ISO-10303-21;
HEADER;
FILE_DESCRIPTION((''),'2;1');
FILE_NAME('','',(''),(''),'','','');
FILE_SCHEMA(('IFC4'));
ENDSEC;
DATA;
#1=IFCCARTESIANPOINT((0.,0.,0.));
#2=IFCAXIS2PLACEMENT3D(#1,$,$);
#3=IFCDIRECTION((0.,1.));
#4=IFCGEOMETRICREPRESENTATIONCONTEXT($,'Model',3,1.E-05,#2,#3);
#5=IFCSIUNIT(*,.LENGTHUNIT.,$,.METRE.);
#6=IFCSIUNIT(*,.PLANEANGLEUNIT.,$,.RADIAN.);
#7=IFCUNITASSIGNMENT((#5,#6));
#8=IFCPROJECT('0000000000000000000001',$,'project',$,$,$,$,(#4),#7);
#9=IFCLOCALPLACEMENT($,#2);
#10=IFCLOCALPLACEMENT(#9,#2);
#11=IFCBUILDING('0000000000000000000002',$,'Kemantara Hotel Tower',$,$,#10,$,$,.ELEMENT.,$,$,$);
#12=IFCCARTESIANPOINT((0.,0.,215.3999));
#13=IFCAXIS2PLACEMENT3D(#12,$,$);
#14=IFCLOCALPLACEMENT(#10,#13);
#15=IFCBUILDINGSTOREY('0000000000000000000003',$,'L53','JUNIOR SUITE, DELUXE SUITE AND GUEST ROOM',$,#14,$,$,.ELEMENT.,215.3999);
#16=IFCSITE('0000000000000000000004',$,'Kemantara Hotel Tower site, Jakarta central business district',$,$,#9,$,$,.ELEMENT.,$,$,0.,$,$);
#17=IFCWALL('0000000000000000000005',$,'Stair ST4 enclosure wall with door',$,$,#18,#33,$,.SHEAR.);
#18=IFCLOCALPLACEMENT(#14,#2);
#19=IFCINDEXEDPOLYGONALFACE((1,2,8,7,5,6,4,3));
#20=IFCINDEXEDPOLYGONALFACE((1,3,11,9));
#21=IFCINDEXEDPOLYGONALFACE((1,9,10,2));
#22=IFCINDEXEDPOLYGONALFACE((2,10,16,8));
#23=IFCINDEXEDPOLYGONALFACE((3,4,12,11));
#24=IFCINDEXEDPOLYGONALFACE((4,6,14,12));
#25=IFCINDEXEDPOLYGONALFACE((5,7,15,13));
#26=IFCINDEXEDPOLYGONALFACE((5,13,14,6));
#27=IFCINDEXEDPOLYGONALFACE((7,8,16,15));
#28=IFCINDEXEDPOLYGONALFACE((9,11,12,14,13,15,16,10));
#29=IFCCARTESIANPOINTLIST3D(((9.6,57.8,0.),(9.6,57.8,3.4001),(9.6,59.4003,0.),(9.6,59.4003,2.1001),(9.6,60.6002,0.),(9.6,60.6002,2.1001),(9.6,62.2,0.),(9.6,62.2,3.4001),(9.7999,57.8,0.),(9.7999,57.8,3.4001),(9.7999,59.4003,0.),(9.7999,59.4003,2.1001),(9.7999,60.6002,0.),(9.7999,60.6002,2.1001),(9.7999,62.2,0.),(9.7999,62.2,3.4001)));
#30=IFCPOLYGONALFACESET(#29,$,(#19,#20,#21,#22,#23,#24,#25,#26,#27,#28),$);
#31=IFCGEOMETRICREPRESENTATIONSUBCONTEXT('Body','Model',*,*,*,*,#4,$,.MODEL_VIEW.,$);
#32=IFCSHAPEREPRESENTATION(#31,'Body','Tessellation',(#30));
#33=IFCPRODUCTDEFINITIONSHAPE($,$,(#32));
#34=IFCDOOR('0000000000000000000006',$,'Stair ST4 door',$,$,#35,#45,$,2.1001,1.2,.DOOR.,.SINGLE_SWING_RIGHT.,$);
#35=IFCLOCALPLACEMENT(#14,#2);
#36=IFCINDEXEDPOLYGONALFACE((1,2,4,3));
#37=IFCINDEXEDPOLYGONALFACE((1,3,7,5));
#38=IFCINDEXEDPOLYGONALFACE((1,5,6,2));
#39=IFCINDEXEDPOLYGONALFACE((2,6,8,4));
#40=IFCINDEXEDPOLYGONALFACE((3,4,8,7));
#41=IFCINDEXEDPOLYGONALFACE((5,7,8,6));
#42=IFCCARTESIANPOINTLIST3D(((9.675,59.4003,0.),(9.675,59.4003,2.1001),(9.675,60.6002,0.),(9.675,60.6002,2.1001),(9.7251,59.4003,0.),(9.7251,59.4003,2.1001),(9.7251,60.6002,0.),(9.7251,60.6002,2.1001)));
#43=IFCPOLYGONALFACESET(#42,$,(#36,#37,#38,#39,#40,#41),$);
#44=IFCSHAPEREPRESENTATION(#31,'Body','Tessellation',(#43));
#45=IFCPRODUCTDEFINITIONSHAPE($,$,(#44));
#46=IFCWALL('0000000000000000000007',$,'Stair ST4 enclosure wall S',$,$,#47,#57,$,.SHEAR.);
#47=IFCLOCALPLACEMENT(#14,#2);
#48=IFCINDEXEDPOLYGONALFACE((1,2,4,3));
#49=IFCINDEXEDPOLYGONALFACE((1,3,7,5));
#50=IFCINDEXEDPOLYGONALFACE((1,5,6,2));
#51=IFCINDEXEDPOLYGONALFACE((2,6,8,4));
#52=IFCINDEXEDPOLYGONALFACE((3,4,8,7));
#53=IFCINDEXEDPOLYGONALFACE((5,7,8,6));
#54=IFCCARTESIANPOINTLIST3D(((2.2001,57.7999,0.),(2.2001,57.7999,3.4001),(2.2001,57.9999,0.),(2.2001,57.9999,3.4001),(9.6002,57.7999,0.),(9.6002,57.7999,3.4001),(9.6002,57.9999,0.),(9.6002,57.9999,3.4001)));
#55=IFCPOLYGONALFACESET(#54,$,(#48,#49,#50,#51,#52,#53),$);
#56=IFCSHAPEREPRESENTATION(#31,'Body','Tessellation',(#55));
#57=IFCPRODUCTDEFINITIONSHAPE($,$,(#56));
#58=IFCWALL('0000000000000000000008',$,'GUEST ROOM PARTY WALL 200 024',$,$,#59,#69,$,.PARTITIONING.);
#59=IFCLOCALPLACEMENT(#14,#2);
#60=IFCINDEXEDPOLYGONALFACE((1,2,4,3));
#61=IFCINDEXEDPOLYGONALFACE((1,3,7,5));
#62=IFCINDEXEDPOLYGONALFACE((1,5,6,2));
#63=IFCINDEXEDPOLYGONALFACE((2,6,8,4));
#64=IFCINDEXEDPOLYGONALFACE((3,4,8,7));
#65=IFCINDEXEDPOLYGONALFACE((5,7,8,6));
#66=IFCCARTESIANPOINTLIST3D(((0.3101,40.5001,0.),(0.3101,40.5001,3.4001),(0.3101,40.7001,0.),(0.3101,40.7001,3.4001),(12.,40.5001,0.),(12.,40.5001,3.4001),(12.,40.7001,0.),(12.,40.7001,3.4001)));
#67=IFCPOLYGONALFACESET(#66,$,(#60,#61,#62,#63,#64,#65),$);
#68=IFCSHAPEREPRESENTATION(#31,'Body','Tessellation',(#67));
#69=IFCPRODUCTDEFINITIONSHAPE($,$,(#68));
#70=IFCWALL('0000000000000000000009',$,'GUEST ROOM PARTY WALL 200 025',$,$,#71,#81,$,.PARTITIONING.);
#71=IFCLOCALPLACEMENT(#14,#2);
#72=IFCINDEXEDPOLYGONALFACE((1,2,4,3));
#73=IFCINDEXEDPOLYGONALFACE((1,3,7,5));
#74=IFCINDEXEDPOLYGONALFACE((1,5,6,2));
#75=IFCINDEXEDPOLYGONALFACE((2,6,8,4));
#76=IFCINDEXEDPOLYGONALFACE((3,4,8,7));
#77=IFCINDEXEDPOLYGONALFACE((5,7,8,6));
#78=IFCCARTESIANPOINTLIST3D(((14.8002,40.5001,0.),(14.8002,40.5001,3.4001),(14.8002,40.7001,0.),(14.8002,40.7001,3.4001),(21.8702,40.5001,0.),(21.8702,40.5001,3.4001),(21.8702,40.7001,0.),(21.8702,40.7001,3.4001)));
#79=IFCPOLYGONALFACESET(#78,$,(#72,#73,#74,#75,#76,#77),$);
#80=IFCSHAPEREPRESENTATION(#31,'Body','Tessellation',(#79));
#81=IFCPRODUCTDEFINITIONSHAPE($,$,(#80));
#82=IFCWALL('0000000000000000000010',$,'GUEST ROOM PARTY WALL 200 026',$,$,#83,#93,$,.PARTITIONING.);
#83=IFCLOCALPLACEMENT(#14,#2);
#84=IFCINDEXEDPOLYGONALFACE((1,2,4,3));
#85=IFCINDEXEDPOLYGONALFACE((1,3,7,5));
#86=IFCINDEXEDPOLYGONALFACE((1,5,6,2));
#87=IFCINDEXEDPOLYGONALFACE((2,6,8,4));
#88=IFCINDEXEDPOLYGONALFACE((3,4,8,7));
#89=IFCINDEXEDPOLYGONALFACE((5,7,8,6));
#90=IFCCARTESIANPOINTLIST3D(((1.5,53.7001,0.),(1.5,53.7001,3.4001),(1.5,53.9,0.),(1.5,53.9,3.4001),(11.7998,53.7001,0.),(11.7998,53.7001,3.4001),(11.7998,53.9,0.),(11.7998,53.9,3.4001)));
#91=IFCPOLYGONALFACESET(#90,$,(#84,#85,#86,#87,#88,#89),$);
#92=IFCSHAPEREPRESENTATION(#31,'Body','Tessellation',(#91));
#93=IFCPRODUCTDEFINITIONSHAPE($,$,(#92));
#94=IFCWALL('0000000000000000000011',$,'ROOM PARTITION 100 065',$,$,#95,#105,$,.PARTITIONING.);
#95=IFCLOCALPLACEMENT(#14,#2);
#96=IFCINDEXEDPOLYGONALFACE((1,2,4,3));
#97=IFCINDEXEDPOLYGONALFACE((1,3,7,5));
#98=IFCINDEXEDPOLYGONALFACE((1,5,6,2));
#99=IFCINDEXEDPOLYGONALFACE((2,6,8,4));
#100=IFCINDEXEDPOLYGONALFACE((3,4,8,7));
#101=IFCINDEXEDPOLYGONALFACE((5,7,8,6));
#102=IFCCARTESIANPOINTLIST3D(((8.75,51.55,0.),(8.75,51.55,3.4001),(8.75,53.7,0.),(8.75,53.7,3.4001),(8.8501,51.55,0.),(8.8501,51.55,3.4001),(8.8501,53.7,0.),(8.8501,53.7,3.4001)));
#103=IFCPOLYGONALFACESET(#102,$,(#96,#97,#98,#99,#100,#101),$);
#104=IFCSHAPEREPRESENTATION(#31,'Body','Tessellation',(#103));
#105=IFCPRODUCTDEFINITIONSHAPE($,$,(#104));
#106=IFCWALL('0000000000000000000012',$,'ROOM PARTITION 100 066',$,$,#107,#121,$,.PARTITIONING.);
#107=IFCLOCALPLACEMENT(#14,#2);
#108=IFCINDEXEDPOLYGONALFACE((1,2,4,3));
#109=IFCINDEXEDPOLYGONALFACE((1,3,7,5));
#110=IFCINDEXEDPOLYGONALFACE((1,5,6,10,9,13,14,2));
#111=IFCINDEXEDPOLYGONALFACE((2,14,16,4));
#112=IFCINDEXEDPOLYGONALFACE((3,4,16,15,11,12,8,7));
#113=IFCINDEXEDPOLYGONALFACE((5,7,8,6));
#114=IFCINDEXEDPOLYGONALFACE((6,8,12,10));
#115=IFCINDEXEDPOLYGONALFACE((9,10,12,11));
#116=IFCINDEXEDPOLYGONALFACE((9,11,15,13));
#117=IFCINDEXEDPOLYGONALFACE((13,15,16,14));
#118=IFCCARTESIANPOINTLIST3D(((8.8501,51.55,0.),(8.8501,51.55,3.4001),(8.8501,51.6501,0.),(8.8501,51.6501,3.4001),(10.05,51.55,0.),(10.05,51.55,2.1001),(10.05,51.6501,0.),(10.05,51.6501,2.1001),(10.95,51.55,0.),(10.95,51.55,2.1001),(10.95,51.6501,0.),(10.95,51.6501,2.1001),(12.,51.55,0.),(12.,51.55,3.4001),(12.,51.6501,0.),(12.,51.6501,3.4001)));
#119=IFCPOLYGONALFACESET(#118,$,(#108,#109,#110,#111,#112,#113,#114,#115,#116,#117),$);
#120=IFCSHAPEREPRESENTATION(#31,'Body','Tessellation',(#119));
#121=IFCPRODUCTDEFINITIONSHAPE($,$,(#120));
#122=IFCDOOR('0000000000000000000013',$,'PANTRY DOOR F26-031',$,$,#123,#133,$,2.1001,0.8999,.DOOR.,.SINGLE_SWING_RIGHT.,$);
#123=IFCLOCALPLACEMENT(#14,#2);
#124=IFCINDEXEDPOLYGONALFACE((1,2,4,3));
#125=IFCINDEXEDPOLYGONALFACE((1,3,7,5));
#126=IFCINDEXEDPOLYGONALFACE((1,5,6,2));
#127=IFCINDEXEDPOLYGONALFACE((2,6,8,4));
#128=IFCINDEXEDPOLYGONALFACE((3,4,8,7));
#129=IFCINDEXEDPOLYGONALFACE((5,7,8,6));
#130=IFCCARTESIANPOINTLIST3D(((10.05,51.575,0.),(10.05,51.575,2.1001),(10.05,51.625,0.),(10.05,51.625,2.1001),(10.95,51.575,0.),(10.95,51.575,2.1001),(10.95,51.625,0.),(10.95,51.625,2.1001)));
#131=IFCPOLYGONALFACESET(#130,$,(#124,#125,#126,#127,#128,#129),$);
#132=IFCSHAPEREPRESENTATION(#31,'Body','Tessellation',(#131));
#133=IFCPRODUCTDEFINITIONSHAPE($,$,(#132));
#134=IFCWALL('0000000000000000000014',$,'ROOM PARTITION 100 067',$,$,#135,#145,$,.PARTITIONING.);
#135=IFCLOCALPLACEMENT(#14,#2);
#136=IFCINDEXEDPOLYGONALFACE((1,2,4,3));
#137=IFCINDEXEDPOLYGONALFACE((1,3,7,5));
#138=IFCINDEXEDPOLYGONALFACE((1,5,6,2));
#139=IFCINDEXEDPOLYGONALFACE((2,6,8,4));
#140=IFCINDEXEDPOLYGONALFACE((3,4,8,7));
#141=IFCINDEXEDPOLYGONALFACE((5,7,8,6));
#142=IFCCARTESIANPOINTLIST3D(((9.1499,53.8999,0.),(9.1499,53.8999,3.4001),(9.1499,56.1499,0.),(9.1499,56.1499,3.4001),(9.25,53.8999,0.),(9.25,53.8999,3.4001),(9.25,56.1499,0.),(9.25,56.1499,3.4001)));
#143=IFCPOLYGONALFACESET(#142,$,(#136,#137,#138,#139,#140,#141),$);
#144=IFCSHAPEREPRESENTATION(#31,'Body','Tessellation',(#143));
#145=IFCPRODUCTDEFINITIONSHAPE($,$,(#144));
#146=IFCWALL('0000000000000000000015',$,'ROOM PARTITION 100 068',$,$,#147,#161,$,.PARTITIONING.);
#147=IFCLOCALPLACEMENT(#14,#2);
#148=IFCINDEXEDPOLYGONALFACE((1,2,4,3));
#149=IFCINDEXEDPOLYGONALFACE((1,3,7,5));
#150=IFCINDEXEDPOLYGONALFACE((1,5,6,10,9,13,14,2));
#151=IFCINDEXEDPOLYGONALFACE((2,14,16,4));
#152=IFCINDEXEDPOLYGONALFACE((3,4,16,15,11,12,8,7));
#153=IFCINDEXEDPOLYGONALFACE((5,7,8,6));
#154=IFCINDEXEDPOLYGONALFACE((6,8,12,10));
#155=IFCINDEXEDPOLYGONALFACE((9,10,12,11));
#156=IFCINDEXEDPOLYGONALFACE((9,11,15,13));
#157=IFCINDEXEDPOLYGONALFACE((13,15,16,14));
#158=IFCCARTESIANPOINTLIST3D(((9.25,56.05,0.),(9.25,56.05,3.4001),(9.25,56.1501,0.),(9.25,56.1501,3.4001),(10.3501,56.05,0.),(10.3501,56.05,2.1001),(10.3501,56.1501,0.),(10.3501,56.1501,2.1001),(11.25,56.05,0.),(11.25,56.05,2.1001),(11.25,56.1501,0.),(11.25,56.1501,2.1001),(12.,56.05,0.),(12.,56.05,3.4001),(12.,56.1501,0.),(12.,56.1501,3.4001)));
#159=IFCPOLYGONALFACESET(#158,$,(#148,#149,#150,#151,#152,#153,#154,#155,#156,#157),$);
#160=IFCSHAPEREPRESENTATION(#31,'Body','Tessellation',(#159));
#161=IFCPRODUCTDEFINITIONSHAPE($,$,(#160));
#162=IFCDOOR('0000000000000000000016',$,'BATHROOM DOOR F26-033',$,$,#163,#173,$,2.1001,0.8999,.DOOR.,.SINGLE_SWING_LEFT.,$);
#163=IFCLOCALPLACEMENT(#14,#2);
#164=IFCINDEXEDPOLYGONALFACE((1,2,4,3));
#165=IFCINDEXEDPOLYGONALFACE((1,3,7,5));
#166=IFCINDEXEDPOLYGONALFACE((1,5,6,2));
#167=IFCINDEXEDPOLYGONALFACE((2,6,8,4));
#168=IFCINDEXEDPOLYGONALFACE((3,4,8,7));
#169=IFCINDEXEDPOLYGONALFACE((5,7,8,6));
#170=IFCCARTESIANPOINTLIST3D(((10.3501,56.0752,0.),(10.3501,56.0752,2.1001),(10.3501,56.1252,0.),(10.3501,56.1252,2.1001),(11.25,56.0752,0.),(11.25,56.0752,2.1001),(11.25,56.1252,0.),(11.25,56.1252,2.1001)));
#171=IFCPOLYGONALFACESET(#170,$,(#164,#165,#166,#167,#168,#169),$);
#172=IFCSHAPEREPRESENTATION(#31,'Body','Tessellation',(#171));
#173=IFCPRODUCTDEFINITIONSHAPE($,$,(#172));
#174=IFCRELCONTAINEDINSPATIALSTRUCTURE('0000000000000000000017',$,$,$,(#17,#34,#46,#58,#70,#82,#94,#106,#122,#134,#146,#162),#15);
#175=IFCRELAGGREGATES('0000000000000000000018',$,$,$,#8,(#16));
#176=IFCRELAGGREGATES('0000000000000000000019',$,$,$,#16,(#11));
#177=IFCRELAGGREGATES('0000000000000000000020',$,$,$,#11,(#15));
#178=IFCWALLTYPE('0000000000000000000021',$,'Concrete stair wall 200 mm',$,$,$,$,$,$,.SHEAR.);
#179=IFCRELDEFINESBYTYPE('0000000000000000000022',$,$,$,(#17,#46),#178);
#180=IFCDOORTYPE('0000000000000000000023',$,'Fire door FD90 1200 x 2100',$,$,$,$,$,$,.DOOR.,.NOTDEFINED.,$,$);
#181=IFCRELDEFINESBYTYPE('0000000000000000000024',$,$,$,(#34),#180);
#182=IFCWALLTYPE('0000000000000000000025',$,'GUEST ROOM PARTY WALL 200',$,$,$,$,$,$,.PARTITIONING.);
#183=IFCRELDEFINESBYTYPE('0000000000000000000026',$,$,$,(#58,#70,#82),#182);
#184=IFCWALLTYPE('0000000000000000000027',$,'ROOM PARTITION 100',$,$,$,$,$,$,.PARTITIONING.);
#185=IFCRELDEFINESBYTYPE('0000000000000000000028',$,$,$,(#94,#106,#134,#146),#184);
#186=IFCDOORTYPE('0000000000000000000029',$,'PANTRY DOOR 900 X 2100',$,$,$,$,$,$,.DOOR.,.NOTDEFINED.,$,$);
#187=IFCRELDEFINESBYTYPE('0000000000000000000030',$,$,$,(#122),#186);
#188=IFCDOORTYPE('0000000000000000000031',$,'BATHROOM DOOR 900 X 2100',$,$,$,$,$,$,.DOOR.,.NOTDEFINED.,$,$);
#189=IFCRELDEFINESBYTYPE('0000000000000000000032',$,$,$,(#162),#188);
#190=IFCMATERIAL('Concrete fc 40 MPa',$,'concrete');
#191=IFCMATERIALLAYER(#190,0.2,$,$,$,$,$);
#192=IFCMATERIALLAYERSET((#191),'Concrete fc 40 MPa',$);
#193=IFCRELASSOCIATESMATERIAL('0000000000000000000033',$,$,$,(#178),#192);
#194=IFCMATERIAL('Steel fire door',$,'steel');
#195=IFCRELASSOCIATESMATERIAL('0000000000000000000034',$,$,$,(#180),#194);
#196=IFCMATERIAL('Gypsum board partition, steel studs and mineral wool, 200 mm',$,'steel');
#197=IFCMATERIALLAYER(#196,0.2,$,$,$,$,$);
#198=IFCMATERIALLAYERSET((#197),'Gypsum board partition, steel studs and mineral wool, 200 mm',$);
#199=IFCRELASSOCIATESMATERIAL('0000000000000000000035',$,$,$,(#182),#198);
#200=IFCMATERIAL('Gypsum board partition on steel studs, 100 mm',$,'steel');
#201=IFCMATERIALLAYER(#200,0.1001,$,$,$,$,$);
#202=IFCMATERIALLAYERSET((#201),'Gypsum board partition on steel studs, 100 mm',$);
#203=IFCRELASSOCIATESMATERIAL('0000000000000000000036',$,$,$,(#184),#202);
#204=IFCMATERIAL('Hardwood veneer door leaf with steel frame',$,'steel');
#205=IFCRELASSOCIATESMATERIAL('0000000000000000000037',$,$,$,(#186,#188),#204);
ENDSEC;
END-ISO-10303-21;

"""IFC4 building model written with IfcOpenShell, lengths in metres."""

from ifc_helpers import new_model, si_unit, direction, frame, frame_2d, origin, place, context, subcontext, project, spatial, rectangle, extrude, material, layer, layer_set, type_object, element, fill, save


model = new_model("IFC4")

# Units and contexts
model_context = context("Model", 3, precision=1e-05, world=origin(), true_north=direction((0.0, 1.0)))
body_context = subcontext(model_context, "Body", "Model", "MODEL_VIEW")
ifc_project = project(units=[si_unit("LENGTHUNIT", "METRE"), si_unit("PLANEANGLEUNIT", "RADIAN")], contexts=[model_context])

# Site, building, storey
site_placement = place(None, origin())
site = spatial("IfcSite", under=ifc_project, at=site_placement, Name="Kemantara Hotel Tower site, Jakarta central business district", CompositionType="ELEMENT", RefElevation=0.0)
building_placement = place(site_placement, origin())
building = spatial("IfcBuilding", under=site, at=building_placement, Name="Kemantara Hotel Tower", CompositionType="ELEMENT")
storey_placement = place(building_placement, frame((0.0, 0.0, 215.3999)))
storey = spatial("IfcBuildingStorey", under=building, at=storey_placement, Name="L53", Description="JUNIOR SUITE, DELUXE SUITE AND GUEST ROOM", CompositionType="ELEMENT", Elevation=215.3999)

# Shared definitions
ifc_material_1 = material(Name="Gypsum board partition, steel studs and mineral wool, 200 mm", Category="steel")
ifc_material_2 = material(Name="Hardwood veneer door leaf with steel frame", Category="steel")

# Wall, opening, door
ifc_material_3 = material(Name="Concrete fc 40 MPa", Category="concrete")
ifc_layer_1 = layer(ifc_material_3, 0.2)
ifc_layer_set_1 = layer_set([ifc_layer_1], Name="Concrete fc 40 MPa")
wall_type_1 = type_object("IfcWallType", Name="Concrete stair wall 200 mm", PredefinedType="SHEAR", material=ifc_layer_set_1)
wall_1_placement = place(storey_placement, frame((9.7, 57.8, 0.0), z_axis=(0.0, 0.0, 1.0), x_axis=(0.0, 1.0, 0.0)))
wall_1 = element("IfcWall", 1, at=wall_1_placement, inside=storey, type_object=wall_type_1, Name="Stair ST4 enclosure wall with door", PredefinedType="SHEAR", context=body_context, shape_type="SweptSolid", body=[
    extrude(rectangle(XDim=4.3999, YDim=0.2, at=frame_2d((2.2, 0.0))), origin(), (0.0, 0.0, 1.0), 3.4001),
])
opening_1_placement = place(wall_1_placement, frame((1.6001, 0.0, 0.0)))
opening_1 = element("IfcOpeningElement", 2, at=opening_1_placement, cuts=wall_1, PredefinedType="OPENING", context=body_context, shape_type="SweptSolid", body=[
    extrude(rectangle(XDim=1.2, YDim=2.1001, at=frame_2d((0.6001, 1.05))), frame((0.0, 0.1099, 0.0), z_axis=(0.0, -1.0, 0.0), x_axis=(1.0, 0.0, 0.0)), (0.0, 0.0, 1.0), 0.22),
])
ifc_material_4 = material(Name="Steel fire door", Category="steel")
door_type_1 = type_object("IfcDoorType", Name="Fire door FD90 1200 x 2100", OperationType="NOTDEFINED", PredefinedType="DOOR", material=ifc_material_4)
door_1_placement = place(opening_1_placement, origin())
door_1 = element("IfcDoor", 3, at=door_1_placement, inside=storey, type_object=door_type_1, Name="Stair ST4 door", OperationType="SINGLE_SWING_RIGHT", OverallHeight=2.1001, OverallWidth=1.2, PredefinedType="DOOR", context=body_context, shape_type="SweptSolid", body=[
    extrude(rectangle(XDim=1.2, YDim=2.1001, at=frame_2d((0.6001, 1.05))), frame((0.0, 0.0249, 0.0), z_axis=(0.0, -1.0, 0.0), x_axis=(1.0, 0.0, 0.0)), (0.0, 0.0, 1.0), 0.05),
])
fill(opening_1, door_1)

# Walls
wall_2_placement = place(storey_placement, frame((2.2, 57.8999, 0.0), z_axis=(0.0, 0.0, 1.0), x_axis=(1.0, 0.0, 0.0)))
element("IfcWall", 4, at=wall_2_placement, inside=storey, type_object=wall_type_1, Name="Stair ST4 enclosure wall S", PredefinedType="SHEAR", context=body_context, shape_type="SweptSolid", body=[
    extrude(rectangle(XDim=7.4001, YDim=0.2, at=frame_2d((3.7002, 0.0))), origin(), (0.0, 0.0, 1.0), 3.4001),
])
ifc_layer_2 = layer(ifc_material_1, 0.2)
ifc_layer_set_2 = layer_set([ifc_layer_2], Name="Gypsum board partition, steel studs and mineral wool, 200 mm")
wall_type_2 = type_object("IfcWallType", Name="GUEST ROOM PARTY WALL 200", PredefinedType="PARTITIONING", material=ifc_layer_set_2)
wall_3_placement = place(storey_placement, frame((0.3101, 40.6001, 0.0), z_axis=(0.0, 0.0, 1.0), x_axis=(1.0, 0.0, 0.0)))
element("IfcWall", 5, at=wall_3_placement, inside=storey, type_object=wall_type_2, Name="GUEST ROOM PARTY WALL 200 024", PredefinedType="PARTITIONING", context=body_context, shape_type="SweptSolid", body=[
    extrude(rectangle(XDim=11.6899, YDim=0.2, at=frame_2d((5.845, 0.0))), origin(), (0.0, 0.0, 1.0), 3.4001),
])
wall_4_placement = place(storey_placement, frame((14.8, 40.6001, 0.0), z_axis=(0.0, 0.0, 1.0), x_axis=(1.0, 0.0, 0.0)))
element("IfcWall", 6, at=wall_4_placement, inside=storey, type_object=wall_type_2, Name="GUEST ROOM PARTY WALL 200 025", PredefinedType="PARTITIONING", context=body_context, shape_type="SweptSolid", body=[
    extrude(rectangle(XDim=7.0701, YDim=0.2, at=frame_2d((3.5352, 0.0))), origin(), (0.0, 0.0, 1.0), 3.4001),
])
wall_5_placement = place(storey_placement, frame((1.5, 53.8, 0.0), z_axis=(0.0, 0.0, 1.0), x_axis=(1.0, 0.0, 0.0)))
element("IfcWall", 7, at=wall_5_placement, inside=storey, type_object=wall_type_2, Name="GUEST ROOM PARTY WALL 200 026", PredefinedType="PARTITIONING", context=body_context, shape_type="SweptSolid", body=[
    extrude(rectangle(XDim=10.2998, YDim=0.2, at=frame_2d((5.1499, 0.0))), origin(), (0.0, 0.0, 1.0), 3.4001),
])
ifc_material_5 = material(Name="Gypsum board partition on steel studs, 100 mm", Category="steel")
ifc_layer_3 = layer(ifc_material_5, 0.1001)
ifc_layer_set_3 = layer_set([ifc_layer_3], Name="Gypsum board partition on steel studs, 100 mm")
wall_type_3 = type_object("IfcWallType", Name="ROOM PARTITION 100", PredefinedType="PARTITIONING", material=ifc_layer_set_3)
wall_6_placement = place(storey_placement, frame((8.8, 51.55, 0.0), z_axis=(0.0, 0.0, 1.0), x_axis=(0.0, 1.0, 0.0)))
element("IfcWall", 8, at=wall_6_placement, inside=storey, type_object=wall_type_3, Name="ROOM PARTITION 100 065", PredefinedType="PARTITIONING", context=body_context, shape_type="SweptSolid", body=[
    extrude(rectangle(XDim=2.1499, YDim=0.1001, at=frame_2d((1.075, 0.0))), origin(), (0.0, 0.0, 1.0), 3.4001),
])

# Wall, opening, door
wall_7_placement = place(storey_placement, frame((8.8501, 51.6001, 0.0), z_axis=(0.0, 0.0, 1.0), x_axis=(1.0, 0.0, 0.0)))
wall_7 = element("IfcWall", 9, at=wall_7_placement, inside=storey, type_object=wall_type_3, Name="ROOM PARTITION 100 066", PredefinedType="PARTITIONING", context=body_context, shape_type="SweptSolid", body=[
    extrude(rectangle(XDim=3.1499, YDim=0.1001, at=frame_2d((1.575, 0.0))), origin(), (0.0, 0.0, 1.0), 3.4001),
])
opening_2_placement = place(wall_7_placement, frame((1.2, 0.0, 0.0)))
opening_2 = element("IfcOpeningElement", 10, at=opening_2_placement, cuts=wall_7, PredefinedType="OPENING", context=body_context, shape_type="SweptSolid", body=[
    extrude(rectangle(XDim=0.8999, YDim=2.1001, at=frame_2d((0.45, 1.05))), frame((0.0, 0.0601, 0.0), z_axis=(0.0, -1.0, 0.0), x_axis=(1.0, 0.0, 0.0)), (0.0, 0.0, 1.0), 0.1201),
])
door_type_2 = type_object("IfcDoorType", Name="PANTRY DOOR 900 X 2100", OperationType="NOTDEFINED", PredefinedType="DOOR", material=ifc_material_2)
door_2_placement = place(opening_2_placement, origin())
door_2 = element("IfcDoor", 11, at=door_2_placement, inside=storey, type_object=door_type_2, Name="PANTRY DOOR F26-031", OperationType="SINGLE_SWING_RIGHT", OverallHeight=2.1001, OverallWidth=0.8999, PredefinedType="DOOR", context=body_context, shape_type="SweptSolid", body=[
    extrude(rectangle(XDim=0.8999, YDim=2.1001, at=frame_2d((0.45, 1.05))), frame((0.0, 0.0249, 0.0), z_axis=(0.0, -1.0, 0.0), x_axis=(1.0, 0.0, 0.0)), (0.0, 0.0, 1.0), 0.05),
])
fill(opening_2, door_2)

# Wall
wall_8_placement = place(storey_placement, frame((9.2, 53.8999, 0.0), z_axis=(0.0, 0.0, 1.0), x_axis=(0.0, 1.0, 0.0)))
element("IfcWall", 12, at=wall_8_placement, inside=storey, type_object=wall_type_3, Name="ROOM PARTITION 100 067", PredefinedType="PARTITIONING", context=body_context, shape_type="SweptSolid", body=[
    extrude(rectangle(XDim=2.25, YDim=0.1001, at=frame_2d((1.125, 0.0))), origin(), (0.0, 0.0, 1.0), 3.4001),
])

# Wall, opening, door
wall_9_placement = place(storey_placement, frame((12.0, 56.1001, 0.0), z_axis=(0.0, 0.0, 1.0), x_axis=(-1.0, 0.0, 0.0)))
wall_9 = element("IfcWall", 13, at=wall_9_placement, inside=storey, type_object=wall_type_3, Name="ROOM PARTITION 100 068", PredefinedType="PARTITIONING", context=body_context, shape_type="SweptSolid", body=[
    extrude(rectangle(XDim=2.75, YDim=0.1001, at=frame_2d((1.375, 0.0))), origin(), (0.0, 0.0, 1.0), 3.4001),
])
opening_3_placement = place(wall_9_placement, frame((0.75, 0.0, 0.0)))
opening_3 = element("IfcOpeningElement", 14, at=opening_3_placement, cuts=wall_9, PredefinedType="OPENING", context=body_context, shape_type="SweptSolid", body=[
    extrude(rectangle(XDim=0.8999, YDim=2.1001, at=frame_2d((0.45, 1.05))), frame((0.0, 0.0601, 0.0), z_axis=(0.0, -1.0, 0.0), x_axis=(1.0, 0.0, 0.0)), (0.0, 0.0, 1.0), 0.1201),
])
door_type_3 = type_object("IfcDoorType", Name="BATHROOM DOOR 900 X 2100", OperationType="NOTDEFINED", PredefinedType="DOOR", material=ifc_material_2)
door_3_placement = place(opening_3_placement, origin())
door_3 = element("IfcDoor", 15, at=door_3_placement, inside=storey, type_object=door_type_3, Name="BATHROOM DOOR F26-033", OperationType="SINGLE_SWING_LEFT", OverallHeight=2.1001, OverallWidth=0.8999, PredefinedType="DOOR", context=body_context, shape_type="SweptSolid", body=[
    extrude(rectangle(XDim=0.8999, YDim=2.1001, at=frame_2d((0.45, 1.05))), frame((0.0, 0.0249, 0.0), z_axis=(0.0, -1.0, 0.0), x_axis=(1.0, 0.0, 0.0)), (0.0, 0.0, 1.0), 0.05),
])
fill(opening_3, door_3)

save(model, "model.ifc")
